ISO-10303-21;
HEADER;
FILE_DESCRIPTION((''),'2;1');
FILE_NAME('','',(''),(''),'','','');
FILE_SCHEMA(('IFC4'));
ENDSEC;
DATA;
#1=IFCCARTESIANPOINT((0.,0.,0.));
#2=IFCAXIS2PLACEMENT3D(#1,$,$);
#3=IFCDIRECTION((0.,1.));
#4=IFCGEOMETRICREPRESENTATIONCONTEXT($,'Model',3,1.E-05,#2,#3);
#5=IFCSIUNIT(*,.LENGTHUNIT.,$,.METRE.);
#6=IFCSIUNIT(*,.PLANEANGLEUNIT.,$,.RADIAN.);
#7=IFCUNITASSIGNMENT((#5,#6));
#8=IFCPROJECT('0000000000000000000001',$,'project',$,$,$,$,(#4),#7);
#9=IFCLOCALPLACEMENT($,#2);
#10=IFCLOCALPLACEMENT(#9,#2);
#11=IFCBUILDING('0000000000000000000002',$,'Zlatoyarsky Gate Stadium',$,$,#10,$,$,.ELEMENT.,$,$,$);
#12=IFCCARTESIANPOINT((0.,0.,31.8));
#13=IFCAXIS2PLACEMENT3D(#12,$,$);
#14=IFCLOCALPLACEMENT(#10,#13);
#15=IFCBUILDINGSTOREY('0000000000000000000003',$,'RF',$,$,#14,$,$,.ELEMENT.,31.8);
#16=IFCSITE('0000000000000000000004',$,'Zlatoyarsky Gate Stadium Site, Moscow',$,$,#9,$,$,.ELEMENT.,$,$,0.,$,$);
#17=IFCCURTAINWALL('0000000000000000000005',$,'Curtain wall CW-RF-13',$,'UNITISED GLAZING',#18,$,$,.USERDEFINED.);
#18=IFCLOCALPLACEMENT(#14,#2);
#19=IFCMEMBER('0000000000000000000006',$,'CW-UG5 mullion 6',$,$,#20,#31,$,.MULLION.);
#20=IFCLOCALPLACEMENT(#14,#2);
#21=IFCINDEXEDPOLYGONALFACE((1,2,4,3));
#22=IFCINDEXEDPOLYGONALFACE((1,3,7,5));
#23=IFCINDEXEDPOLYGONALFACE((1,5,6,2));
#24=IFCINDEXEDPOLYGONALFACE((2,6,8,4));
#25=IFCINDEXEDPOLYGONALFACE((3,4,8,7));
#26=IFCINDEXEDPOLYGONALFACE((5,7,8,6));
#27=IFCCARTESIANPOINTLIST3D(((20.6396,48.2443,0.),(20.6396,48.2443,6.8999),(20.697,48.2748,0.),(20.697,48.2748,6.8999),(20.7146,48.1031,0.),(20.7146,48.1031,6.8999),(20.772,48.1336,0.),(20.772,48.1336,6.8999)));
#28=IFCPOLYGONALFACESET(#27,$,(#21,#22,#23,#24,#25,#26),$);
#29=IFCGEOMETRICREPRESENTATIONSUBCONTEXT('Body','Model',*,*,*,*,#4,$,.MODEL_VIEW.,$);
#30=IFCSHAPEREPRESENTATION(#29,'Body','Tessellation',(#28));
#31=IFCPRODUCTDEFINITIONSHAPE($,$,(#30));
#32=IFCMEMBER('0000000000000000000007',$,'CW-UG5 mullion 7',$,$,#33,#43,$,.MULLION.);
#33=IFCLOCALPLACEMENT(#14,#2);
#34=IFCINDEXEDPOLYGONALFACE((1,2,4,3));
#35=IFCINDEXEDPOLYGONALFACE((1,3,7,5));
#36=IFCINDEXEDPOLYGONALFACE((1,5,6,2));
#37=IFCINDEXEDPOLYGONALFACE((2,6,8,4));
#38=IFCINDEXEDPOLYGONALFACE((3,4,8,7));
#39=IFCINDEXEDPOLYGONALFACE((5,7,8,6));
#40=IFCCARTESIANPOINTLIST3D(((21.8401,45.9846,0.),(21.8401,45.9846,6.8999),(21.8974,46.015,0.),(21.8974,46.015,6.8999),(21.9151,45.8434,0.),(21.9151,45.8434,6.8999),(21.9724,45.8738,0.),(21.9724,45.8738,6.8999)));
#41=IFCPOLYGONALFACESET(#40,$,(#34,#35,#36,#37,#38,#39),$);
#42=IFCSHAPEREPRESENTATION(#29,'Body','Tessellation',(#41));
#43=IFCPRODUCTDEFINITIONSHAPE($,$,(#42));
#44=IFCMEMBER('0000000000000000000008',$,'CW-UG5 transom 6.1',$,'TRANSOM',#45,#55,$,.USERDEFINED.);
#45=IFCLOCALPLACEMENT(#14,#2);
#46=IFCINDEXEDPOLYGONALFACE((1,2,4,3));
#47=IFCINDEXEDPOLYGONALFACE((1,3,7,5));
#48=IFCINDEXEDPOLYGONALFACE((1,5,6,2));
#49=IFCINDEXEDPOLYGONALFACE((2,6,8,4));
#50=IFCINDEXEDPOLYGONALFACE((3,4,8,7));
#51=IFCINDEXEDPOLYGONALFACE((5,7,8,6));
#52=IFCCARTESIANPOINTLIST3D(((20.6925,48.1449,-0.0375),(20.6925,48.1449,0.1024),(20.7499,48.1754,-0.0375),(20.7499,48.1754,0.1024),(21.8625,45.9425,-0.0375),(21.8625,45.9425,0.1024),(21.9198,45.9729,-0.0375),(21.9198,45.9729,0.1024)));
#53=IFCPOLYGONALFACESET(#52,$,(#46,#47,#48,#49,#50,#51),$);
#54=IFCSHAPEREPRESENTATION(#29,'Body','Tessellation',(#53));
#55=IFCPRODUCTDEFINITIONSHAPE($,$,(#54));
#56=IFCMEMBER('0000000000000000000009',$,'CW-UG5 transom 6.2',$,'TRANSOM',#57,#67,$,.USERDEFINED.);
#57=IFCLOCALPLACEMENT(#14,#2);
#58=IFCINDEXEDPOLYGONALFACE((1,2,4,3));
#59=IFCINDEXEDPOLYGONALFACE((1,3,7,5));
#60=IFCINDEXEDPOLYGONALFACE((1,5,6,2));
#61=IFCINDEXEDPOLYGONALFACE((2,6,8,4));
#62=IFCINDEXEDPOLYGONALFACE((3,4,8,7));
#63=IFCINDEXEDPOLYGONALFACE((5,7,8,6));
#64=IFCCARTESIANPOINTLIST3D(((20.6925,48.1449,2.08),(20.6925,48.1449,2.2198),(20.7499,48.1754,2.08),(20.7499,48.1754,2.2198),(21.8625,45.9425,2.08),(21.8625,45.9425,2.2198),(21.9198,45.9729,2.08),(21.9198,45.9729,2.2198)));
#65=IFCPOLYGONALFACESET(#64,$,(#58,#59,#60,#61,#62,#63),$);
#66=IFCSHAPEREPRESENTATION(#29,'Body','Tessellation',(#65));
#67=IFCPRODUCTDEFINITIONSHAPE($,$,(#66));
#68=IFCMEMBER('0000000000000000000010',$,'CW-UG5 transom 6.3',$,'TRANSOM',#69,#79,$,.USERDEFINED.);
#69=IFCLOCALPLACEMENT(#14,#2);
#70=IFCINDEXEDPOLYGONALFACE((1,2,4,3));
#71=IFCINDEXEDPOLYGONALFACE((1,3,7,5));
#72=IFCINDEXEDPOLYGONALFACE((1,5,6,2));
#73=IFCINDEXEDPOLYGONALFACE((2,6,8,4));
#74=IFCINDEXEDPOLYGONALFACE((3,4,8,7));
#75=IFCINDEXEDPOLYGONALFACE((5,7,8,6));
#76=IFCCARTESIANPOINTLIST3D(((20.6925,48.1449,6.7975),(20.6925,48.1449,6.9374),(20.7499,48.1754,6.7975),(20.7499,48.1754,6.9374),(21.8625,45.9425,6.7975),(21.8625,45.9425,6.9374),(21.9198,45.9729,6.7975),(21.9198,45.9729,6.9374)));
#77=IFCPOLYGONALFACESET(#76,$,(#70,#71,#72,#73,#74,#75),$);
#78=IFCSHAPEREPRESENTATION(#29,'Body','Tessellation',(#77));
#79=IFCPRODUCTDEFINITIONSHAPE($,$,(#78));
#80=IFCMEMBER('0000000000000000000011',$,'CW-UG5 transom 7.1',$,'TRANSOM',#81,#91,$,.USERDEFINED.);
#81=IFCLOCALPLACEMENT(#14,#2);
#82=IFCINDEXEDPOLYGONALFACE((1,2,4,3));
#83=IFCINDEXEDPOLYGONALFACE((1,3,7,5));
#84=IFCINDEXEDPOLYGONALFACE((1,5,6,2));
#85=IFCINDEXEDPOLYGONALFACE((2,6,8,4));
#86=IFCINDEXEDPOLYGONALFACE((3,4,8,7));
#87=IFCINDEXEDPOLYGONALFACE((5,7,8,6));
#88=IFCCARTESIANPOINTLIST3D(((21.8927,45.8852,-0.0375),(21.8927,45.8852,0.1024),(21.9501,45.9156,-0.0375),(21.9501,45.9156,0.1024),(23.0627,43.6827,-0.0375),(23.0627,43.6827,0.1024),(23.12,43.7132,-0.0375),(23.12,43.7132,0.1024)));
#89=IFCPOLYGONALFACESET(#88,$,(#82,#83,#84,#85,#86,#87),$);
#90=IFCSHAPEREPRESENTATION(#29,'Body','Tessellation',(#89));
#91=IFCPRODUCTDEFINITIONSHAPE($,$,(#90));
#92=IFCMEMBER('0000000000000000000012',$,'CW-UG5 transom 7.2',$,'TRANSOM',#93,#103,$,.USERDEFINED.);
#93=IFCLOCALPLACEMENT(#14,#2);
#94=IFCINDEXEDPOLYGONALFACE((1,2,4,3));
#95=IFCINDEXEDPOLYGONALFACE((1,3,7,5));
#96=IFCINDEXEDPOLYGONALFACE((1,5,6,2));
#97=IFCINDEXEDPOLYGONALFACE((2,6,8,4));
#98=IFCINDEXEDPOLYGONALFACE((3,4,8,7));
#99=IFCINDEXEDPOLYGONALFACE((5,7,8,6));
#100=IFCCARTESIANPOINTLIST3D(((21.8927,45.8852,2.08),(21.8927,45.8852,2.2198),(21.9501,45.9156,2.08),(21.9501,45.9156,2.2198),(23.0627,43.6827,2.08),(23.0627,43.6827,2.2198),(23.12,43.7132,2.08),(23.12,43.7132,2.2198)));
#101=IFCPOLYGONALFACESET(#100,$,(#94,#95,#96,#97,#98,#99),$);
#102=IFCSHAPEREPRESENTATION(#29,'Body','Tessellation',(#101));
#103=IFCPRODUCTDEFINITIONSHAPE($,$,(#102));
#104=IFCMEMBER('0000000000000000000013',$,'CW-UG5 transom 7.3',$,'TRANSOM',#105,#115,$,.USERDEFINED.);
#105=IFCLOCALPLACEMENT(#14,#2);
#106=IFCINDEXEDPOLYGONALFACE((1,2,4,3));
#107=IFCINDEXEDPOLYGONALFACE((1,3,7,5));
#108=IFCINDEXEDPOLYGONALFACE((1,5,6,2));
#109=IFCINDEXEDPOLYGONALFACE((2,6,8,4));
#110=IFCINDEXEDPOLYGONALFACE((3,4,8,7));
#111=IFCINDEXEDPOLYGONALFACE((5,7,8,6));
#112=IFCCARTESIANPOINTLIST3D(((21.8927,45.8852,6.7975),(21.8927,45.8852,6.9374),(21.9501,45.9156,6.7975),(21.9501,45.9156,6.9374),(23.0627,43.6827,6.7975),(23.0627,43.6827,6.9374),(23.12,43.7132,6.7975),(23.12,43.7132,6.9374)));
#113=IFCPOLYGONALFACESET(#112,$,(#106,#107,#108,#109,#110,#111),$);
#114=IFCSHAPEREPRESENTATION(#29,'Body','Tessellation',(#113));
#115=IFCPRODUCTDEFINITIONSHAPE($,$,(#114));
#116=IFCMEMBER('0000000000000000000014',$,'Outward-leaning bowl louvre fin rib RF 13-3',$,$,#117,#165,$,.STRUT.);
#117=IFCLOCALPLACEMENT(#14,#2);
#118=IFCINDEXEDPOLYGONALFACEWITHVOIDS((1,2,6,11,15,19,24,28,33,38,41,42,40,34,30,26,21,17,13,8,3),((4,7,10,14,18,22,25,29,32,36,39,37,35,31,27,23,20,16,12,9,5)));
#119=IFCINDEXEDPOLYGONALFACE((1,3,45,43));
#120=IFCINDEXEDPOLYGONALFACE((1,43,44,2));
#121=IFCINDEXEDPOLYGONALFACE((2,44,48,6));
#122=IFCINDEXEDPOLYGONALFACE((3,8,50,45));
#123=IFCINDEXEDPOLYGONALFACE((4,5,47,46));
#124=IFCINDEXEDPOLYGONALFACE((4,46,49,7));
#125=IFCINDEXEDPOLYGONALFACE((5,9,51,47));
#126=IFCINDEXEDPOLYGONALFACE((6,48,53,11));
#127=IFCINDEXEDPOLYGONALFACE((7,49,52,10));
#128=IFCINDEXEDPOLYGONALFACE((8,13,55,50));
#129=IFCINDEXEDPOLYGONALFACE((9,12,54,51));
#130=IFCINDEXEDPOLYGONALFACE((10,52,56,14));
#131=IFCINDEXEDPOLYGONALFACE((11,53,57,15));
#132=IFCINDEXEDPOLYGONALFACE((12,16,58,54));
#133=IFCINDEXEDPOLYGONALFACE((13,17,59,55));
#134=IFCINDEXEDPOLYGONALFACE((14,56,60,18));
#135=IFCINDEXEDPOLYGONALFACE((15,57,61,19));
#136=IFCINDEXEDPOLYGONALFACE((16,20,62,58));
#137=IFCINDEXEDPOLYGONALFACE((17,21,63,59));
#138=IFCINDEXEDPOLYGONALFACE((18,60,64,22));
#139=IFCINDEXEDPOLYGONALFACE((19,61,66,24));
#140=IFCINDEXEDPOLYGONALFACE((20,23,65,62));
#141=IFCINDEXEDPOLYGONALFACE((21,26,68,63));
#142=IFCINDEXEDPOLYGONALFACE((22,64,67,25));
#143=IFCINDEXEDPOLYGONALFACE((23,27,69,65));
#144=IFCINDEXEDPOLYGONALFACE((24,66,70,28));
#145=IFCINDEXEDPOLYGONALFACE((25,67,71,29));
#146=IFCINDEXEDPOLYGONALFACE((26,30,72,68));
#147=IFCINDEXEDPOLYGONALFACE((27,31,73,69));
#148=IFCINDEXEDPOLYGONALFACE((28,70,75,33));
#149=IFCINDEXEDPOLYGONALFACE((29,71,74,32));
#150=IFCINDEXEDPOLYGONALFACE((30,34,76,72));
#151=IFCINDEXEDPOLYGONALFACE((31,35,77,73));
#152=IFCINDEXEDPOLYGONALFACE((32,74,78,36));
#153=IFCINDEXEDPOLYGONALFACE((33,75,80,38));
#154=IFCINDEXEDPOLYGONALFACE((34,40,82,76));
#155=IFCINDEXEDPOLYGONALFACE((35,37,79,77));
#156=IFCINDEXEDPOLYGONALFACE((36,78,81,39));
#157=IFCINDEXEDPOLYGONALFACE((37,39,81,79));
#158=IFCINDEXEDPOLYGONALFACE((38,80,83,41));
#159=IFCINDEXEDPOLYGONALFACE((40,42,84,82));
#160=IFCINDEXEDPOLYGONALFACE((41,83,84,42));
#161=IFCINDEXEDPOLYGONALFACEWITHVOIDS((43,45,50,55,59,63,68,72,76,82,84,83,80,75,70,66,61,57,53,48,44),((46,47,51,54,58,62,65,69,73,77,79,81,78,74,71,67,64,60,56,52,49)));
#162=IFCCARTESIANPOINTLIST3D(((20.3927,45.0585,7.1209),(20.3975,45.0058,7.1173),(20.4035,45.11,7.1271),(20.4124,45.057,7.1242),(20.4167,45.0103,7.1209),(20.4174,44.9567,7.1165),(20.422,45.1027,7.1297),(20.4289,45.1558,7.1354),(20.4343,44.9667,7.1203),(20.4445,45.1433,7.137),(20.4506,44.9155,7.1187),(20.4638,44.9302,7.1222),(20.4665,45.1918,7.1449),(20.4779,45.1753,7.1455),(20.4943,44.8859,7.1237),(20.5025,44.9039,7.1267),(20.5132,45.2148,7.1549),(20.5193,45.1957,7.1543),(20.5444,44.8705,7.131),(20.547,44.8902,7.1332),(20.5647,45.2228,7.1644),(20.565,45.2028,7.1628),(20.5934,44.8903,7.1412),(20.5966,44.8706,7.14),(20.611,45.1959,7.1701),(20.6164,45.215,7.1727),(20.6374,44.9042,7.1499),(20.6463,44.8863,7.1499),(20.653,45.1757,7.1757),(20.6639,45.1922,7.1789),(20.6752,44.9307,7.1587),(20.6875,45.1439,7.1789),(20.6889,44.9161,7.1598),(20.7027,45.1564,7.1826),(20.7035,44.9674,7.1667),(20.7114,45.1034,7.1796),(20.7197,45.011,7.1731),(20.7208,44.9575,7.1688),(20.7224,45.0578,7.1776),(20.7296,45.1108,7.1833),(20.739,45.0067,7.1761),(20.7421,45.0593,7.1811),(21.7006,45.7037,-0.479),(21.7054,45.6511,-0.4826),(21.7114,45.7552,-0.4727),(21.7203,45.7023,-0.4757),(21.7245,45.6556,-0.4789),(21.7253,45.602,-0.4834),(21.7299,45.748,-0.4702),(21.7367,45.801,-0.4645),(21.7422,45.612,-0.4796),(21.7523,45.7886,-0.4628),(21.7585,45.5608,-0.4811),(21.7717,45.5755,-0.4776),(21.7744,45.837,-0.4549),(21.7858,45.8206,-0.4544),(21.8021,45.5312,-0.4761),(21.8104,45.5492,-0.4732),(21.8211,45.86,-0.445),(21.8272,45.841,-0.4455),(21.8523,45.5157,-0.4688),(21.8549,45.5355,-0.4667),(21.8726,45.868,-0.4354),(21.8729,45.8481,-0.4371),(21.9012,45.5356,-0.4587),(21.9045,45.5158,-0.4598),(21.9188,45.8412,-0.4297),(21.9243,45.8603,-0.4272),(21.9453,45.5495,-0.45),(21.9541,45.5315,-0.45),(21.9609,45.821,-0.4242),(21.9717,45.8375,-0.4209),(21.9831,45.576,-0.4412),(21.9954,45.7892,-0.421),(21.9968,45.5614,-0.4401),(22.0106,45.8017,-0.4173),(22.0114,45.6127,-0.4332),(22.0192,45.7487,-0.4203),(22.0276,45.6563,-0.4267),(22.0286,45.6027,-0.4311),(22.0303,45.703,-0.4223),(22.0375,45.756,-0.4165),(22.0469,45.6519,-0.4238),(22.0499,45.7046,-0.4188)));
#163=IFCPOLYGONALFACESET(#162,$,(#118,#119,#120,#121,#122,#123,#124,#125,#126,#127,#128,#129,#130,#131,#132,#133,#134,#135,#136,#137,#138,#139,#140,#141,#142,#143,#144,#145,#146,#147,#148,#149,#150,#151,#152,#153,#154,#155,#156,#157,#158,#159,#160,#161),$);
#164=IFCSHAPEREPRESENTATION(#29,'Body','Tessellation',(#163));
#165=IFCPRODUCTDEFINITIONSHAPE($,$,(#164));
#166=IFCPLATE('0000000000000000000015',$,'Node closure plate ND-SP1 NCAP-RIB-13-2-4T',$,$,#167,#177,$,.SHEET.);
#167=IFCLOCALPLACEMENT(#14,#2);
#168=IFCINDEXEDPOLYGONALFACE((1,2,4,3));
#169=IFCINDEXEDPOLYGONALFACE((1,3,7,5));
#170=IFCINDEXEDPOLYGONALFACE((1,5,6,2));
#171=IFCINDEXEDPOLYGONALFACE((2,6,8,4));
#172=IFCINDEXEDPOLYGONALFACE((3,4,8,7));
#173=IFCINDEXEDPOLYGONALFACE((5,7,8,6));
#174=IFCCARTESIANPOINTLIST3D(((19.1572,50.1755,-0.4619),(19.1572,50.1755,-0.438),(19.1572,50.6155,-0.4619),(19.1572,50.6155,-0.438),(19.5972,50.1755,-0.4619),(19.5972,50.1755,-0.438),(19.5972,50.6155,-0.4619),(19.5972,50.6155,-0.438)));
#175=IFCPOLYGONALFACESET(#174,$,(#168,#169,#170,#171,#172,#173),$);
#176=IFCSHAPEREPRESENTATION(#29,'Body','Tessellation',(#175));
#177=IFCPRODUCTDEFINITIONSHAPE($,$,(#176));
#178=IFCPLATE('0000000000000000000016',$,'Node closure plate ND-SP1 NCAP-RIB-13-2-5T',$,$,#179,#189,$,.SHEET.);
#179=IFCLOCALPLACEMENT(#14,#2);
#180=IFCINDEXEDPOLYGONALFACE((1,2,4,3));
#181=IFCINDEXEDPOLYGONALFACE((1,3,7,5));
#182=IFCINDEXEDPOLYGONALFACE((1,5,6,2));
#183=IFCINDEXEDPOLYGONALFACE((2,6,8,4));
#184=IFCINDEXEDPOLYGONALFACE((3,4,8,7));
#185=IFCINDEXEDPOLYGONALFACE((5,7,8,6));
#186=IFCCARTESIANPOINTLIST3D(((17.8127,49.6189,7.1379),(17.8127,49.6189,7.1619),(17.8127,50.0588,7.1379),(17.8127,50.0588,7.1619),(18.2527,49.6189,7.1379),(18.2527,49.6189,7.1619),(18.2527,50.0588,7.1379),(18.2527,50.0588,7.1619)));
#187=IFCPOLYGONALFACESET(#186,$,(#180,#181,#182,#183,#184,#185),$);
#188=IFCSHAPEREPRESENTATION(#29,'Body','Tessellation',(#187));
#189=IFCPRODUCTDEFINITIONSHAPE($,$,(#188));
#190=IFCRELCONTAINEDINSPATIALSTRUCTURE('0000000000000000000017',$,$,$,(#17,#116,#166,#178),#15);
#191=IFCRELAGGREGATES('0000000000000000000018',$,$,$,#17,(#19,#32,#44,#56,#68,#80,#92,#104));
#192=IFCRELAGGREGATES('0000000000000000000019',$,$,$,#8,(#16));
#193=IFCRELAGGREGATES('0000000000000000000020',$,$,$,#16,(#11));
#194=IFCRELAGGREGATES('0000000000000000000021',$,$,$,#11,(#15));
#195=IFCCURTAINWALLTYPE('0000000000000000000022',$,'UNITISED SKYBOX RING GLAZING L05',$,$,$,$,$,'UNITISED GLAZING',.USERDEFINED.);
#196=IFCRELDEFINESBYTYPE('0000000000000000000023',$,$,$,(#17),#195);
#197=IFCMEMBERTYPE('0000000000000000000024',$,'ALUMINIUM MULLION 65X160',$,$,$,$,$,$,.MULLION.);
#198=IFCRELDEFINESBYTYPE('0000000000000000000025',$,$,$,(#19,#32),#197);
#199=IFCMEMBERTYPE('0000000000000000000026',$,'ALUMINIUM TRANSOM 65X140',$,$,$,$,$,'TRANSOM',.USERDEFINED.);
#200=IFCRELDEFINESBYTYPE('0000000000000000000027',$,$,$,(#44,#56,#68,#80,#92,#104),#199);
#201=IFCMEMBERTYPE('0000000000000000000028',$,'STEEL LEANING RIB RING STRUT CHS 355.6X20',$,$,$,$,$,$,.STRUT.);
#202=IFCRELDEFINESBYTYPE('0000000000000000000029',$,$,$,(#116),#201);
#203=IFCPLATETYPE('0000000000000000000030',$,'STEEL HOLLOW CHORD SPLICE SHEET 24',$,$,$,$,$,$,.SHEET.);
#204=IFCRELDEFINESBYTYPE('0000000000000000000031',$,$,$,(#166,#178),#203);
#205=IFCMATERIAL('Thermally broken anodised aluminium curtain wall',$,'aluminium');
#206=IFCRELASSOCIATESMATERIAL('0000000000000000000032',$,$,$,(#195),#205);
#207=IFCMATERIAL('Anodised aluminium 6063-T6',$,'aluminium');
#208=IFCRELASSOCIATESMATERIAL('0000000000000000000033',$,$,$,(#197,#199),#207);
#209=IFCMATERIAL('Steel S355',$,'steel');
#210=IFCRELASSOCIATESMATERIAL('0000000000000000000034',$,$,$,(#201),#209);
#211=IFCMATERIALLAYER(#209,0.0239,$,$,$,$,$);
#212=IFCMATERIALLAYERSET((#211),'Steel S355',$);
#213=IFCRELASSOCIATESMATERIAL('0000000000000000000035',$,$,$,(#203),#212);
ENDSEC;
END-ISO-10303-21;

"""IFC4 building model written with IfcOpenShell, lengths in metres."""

from ifc_helpers import new_model, si_unit, direction, frame, origin, origin_2d, place, context, subcontext, project, spatial, rectangle, hollow_circle, extrude, material, layer, layer_set, material_profile, profile_set, type_object, element, aggregate, save


model = new_model("IFC4")

# Units and contexts
model_context = context("Model", 3, precision=1e-05, world=origin(), true_north=direction((0.0, 1.0)))
body_context = subcontext(model_context, "Body", "Model", "MODEL_VIEW")
ifc_project = project(units=[si_unit("LENGTHUNIT", "METRE"), si_unit("PLANEANGLEUNIT", "RADIAN")], contexts=[model_context])

# Site, building, storey
site_placement = place(None, origin())
site = spatial("IfcSite", under=ifc_project, at=site_placement, Name="Zlatoyarsky Gate Stadium Site, Moscow", CompositionType="ELEMENT", RefElevation=0.0)
building_placement = place(site_placement, origin())
building = spatial("IfcBuilding", under=site, at=building_placement, Name="Zlatoyarsky Gate Stadium", CompositionType="ELEMENT")
storey_placement = place(building_placement, frame((0.0, 0.0, 31.8)))
storey = spatial("IfcBuildingStorey", under=building, at=storey_placement, Name="RF", CompositionType="ELEMENT", Elevation=31.8)

# Curtain wall, members
ifc_material_1 = material(Name="Thermally broken anodised aluminium curtain wall", Category="aluminium")
curtain_wall_type = type_object("IfcCurtainWallType", Name="UNITISED SKYBOX RING GLAZING L05", ElementType="UNITISED GLAZING", PredefinedType="USERDEFINED", material=ifc_material_1)
curtain_wall_placement = place(storey_placement, origin())
curtain_wall = element("IfcCurtainWall", 1, at=curtain_wall_placement, inside=storey, type_object=curtain_wall_type, Name="Curtain wall CW-RF-13", ObjectType="UNITISED GLAZING", PredefinedType="USERDEFINED")
ifc_material_2 = material(Name="Anodised aluminium 6063-T6", Category="aluminium")
ifc_material_profile_1 = material_profile(ifc_material_2, rectangle(XDim=0.0649, YDim=0.1599, at=origin_2d()), Name="ALU 65X160")
ifc_profile_set_1 = profile_set([ifc_material_profile_1], Name="Anodised aluminium 6063-T6")
member_type_1 = type_object("IfcMemberType", Name="ALUMINIUM MULLION 65X160", PredefinedType="MULLION", material=ifc_profile_set_1)
member_1_placement = place(storey_placement, frame((20.7058, 48.189, 0.0), z_axis=(0.0, 0.0, 1.0), x_axis=(0.883131, 0.469127, 0.0)))
member_1 = element("IfcMember", 2, at=member_1_placement, type_object=member_type_1, Name="CW-UG5 mullion 6", PredefinedType="MULLION", context=body_context, shape_type="SweptSolid", body=[
    extrude(rectangle(XDim=0.0649, YDim=0.1599, at=origin_2d()), origin(), (0.0, 0.0, 1.0), 6.8999),
])
member_2_placement = place(storey_placement, frame((21.9062, 45.9292, 0.0), z_axis=(0.0, 0.0, 1.0), x_axis=(0.883131, 0.469127, 0.0)))
member_2 = element("IfcMember", 3, at=member_2_placement, type_object=member_type_1, Name="CW-UG5 mullion 7", PredefinedType="MULLION", context=body_context, shape_type="SweptSolid", body=[
    extrude(rectangle(XDim=0.0649, YDim=0.1599, at=origin_2d()), origin(), (0.0, 0.0, 1.0), 6.8999),
])
ifc_material_profile_2 = material_profile(ifc_material_2, rectangle(XDim=0.0649, YDim=0.1399, at=origin_2d()), Name="ALU 65X140")
ifc_profile_set_2 = profile_set([ifc_material_profile_2], Name="Anodised aluminium 6063-T6")
member_type_2 = type_object("IfcMemberType", Name="ALUMINIUM TRANSOM 65X140", ElementType="TRANSOM", PredefinedType="USERDEFINED", material=ifc_profile_set_2)
member_3_placement = place(storey_placement, frame((20.7212, 48.1602, 0.0325), z_axis=(0.469124, -0.883132, 0.0), x_axis=(0.883132, 0.469124, 0.0)))
member_3 = element("IfcMember", 4, at=member_3_placement, type_object=member_type_2, Name="CW-UG5 transom 6.1", ObjectType="TRANSOM", PredefinedType="USERDEFINED", context=body_context, shape_type="SweptSolid", body=[
    extrude(rectangle(XDim=0.0649, YDim=0.1399, at=origin_2d()), origin(), (0.0, 0.0, 1.0), 2.4939),
])
member_4_placement = place(storey_placement, frame((20.7212, 48.1602, 2.1499), z_axis=(0.469124, -0.883132, 0.0), x_axis=(0.883132, 0.469124, 0.0)))
member_4 = element("IfcMember", 5, at=member_4_placement, type_object=member_type_2, Name="CW-UG5 transom 6.2", ObjectType="TRANSOM", PredefinedType="USERDEFINED", context=body_context, shape_type="SweptSolid", body=[
    extrude(rectangle(XDim=0.0649, YDim=0.1399, at=origin_2d()), origin(), (0.0, 0.0, 1.0), 2.4939),
])
member_5_placement = place(storey_placement, frame((20.7212, 48.1602, 6.8674), z_axis=(0.469124, -0.883132, 0.0), x_axis=(0.883132, 0.469124, 0.0)))
member_5 = element("IfcMember", 6, at=member_5_placement, type_object=member_type_2, Name="CW-UG5 transom 6.3", ObjectType="TRANSOM", PredefinedType="USERDEFINED", context=body_context, shape_type="SweptSolid", body=[
    extrude(rectangle(XDim=0.0649, YDim=0.1399, at=origin_2d()), origin(), (0.0, 0.0, 1.0), 2.4939),
])
member_6_placement = place(storey_placement, frame((21.9214, 45.9004, 0.0325), z_axis=(0.469124, -0.883132, 0.0), x_axis=(0.883132, 0.469124, 0.0)))
member_6 = element("IfcMember", 7, at=member_6_placement, type_object=member_type_2, Name="CW-UG5 transom 7.1", ObjectType="TRANSOM", PredefinedType="USERDEFINED", context=body_context, shape_type="SweptSolid", body=[
    extrude(rectangle(XDim=0.0649, YDim=0.1399, at=origin_2d()), origin(), (0.0, 0.0, 1.0), 2.4939),
])
member_7_placement = place(storey_placement, frame((21.9214, 45.9004, 2.1499), z_axis=(0.469124, -0.883132, 0.0), x_axis=(0.883132, 0.469124, 0.0)))
member_7 = element("IfcMember", 8, at=member_7_placement, type_object=member_type_2, Name="CW-UG5 transom 7.2", ObjectType="TRANSOM", PredefinedType="USERDEFINED", context=body_context, shape_type="SweptSolid", body=[
    extrude(rectangle(XDim=0.0649, YDim=0.1399, at=origin_2d()), origin(), (0.0, 0.0, 1.0), 2.4939),
])
member_8_placement = place(storey_placement, frame((21.9214, 45.9004, 6.8674), z_axis=(0.469124, -0.883132, 0.0), x_axis=(0.883132, 0.469124, 0.0)))
member_8 = element("IfcMember", 9, at=member_8_placement, type_object=member_type_2, Name="CW-UG5 transom 7.3", ObjectType="TRANSOM", PredefinedType="USERDEFINED", context=body_context, shape_type="SweptSolid", body=[
    extrude(rectangle(XDim=0.0649, YDim=0.1399, at=origin_2d()), origin(), (0.0, 0.0, 1.0), 2.4939),
])

# Member
ifc_material_3 = material(Name="Steel S355", Category="steel")
ifc_material_profile_3 = material_profile(ifc_material_3, hollow_circle(Radius=0.1777, WallThickness=0.02, at=origin_2d()), Name="CHS 355.6X20")
ifc_profile_set_3 = profile_set([ifc_material_profile_3], Name="Steel S355")
member_type_3 = type_object("IfcMemberType", Name="STEEL LEANING RIB RING STRUT CHS 355.6X20", PredefinedType="STRUT", material=ifc_profile_set_3)
member_9_placement = place(storey_placement, frame((21.8755, 45.6909, -0.45), z_axis=(-0.169007, -0.083383, 0.982081), x_axis=(0.442453, -0.896792, 0.0)))
element("IfcMember", 10, at=member_9_placement, inside=storey, type_object=member_type_3, Name="Outward-leaning bowl louvre fin rib RF 13-3", PredefinedType="STRUT", context=body_context, shape_type="SweptSolid", body=[
    extrude(hollow_circle(Radius=0.1777, WallThickness=0.02, at=origin_2d()), origin(), (0.0, 0.0, 1.0), 7.7385),
])

# Plates
ifc_layer_1 = layer(ifc_material_3, 0.0239)
ifc_layer_set_1 = layer_set([ifc_layer_1], Name="Steel S355")
plate_type_1 = type_object("IfcPlateType", Name="STEEL HOLLOW CHORD SPLICE SHEET 24", PredefinedType="SHEET", material=ifc_layer_set_1)
for number, where, z_axis, x_axis, name in (
    (11, (19.3772, 50.3955, -0.4619), (0.0, 0.0, 1.0), (1.0, 0.0, 0.0), "Node closure plate ND-SP1 NCAP-RIB-13-2-4T"),
    (12, (18.0327, 49.8389, 7.1379), (0.0, 0.0, 1.0), (1.0, 0.0, 0.0), "Node closure plate ND-SP1 NCAP-RIB-13-2-5T"),
):
    element("IfcPlate", number, at=place(storey_placement, frame(where, z_axis=z_axis, x_axis=x_axis)), inside=storey, type_object=plate_type_1, Name=name, PredefinedType="SHEET", context=body_context, shape_type="SweptSolid", body=[
        extrude(rectangle(XDim=0.4399, YDim=0.4399, at=origin_2d()), origin(), (0.0, 0.0, 1.0), 0.0239),
    ])

aggregate(curtain_wall, [member_1, member_2, member_3, member_4, member_5, member_6, member_7, member_8])

save(model, "model.ifc")
